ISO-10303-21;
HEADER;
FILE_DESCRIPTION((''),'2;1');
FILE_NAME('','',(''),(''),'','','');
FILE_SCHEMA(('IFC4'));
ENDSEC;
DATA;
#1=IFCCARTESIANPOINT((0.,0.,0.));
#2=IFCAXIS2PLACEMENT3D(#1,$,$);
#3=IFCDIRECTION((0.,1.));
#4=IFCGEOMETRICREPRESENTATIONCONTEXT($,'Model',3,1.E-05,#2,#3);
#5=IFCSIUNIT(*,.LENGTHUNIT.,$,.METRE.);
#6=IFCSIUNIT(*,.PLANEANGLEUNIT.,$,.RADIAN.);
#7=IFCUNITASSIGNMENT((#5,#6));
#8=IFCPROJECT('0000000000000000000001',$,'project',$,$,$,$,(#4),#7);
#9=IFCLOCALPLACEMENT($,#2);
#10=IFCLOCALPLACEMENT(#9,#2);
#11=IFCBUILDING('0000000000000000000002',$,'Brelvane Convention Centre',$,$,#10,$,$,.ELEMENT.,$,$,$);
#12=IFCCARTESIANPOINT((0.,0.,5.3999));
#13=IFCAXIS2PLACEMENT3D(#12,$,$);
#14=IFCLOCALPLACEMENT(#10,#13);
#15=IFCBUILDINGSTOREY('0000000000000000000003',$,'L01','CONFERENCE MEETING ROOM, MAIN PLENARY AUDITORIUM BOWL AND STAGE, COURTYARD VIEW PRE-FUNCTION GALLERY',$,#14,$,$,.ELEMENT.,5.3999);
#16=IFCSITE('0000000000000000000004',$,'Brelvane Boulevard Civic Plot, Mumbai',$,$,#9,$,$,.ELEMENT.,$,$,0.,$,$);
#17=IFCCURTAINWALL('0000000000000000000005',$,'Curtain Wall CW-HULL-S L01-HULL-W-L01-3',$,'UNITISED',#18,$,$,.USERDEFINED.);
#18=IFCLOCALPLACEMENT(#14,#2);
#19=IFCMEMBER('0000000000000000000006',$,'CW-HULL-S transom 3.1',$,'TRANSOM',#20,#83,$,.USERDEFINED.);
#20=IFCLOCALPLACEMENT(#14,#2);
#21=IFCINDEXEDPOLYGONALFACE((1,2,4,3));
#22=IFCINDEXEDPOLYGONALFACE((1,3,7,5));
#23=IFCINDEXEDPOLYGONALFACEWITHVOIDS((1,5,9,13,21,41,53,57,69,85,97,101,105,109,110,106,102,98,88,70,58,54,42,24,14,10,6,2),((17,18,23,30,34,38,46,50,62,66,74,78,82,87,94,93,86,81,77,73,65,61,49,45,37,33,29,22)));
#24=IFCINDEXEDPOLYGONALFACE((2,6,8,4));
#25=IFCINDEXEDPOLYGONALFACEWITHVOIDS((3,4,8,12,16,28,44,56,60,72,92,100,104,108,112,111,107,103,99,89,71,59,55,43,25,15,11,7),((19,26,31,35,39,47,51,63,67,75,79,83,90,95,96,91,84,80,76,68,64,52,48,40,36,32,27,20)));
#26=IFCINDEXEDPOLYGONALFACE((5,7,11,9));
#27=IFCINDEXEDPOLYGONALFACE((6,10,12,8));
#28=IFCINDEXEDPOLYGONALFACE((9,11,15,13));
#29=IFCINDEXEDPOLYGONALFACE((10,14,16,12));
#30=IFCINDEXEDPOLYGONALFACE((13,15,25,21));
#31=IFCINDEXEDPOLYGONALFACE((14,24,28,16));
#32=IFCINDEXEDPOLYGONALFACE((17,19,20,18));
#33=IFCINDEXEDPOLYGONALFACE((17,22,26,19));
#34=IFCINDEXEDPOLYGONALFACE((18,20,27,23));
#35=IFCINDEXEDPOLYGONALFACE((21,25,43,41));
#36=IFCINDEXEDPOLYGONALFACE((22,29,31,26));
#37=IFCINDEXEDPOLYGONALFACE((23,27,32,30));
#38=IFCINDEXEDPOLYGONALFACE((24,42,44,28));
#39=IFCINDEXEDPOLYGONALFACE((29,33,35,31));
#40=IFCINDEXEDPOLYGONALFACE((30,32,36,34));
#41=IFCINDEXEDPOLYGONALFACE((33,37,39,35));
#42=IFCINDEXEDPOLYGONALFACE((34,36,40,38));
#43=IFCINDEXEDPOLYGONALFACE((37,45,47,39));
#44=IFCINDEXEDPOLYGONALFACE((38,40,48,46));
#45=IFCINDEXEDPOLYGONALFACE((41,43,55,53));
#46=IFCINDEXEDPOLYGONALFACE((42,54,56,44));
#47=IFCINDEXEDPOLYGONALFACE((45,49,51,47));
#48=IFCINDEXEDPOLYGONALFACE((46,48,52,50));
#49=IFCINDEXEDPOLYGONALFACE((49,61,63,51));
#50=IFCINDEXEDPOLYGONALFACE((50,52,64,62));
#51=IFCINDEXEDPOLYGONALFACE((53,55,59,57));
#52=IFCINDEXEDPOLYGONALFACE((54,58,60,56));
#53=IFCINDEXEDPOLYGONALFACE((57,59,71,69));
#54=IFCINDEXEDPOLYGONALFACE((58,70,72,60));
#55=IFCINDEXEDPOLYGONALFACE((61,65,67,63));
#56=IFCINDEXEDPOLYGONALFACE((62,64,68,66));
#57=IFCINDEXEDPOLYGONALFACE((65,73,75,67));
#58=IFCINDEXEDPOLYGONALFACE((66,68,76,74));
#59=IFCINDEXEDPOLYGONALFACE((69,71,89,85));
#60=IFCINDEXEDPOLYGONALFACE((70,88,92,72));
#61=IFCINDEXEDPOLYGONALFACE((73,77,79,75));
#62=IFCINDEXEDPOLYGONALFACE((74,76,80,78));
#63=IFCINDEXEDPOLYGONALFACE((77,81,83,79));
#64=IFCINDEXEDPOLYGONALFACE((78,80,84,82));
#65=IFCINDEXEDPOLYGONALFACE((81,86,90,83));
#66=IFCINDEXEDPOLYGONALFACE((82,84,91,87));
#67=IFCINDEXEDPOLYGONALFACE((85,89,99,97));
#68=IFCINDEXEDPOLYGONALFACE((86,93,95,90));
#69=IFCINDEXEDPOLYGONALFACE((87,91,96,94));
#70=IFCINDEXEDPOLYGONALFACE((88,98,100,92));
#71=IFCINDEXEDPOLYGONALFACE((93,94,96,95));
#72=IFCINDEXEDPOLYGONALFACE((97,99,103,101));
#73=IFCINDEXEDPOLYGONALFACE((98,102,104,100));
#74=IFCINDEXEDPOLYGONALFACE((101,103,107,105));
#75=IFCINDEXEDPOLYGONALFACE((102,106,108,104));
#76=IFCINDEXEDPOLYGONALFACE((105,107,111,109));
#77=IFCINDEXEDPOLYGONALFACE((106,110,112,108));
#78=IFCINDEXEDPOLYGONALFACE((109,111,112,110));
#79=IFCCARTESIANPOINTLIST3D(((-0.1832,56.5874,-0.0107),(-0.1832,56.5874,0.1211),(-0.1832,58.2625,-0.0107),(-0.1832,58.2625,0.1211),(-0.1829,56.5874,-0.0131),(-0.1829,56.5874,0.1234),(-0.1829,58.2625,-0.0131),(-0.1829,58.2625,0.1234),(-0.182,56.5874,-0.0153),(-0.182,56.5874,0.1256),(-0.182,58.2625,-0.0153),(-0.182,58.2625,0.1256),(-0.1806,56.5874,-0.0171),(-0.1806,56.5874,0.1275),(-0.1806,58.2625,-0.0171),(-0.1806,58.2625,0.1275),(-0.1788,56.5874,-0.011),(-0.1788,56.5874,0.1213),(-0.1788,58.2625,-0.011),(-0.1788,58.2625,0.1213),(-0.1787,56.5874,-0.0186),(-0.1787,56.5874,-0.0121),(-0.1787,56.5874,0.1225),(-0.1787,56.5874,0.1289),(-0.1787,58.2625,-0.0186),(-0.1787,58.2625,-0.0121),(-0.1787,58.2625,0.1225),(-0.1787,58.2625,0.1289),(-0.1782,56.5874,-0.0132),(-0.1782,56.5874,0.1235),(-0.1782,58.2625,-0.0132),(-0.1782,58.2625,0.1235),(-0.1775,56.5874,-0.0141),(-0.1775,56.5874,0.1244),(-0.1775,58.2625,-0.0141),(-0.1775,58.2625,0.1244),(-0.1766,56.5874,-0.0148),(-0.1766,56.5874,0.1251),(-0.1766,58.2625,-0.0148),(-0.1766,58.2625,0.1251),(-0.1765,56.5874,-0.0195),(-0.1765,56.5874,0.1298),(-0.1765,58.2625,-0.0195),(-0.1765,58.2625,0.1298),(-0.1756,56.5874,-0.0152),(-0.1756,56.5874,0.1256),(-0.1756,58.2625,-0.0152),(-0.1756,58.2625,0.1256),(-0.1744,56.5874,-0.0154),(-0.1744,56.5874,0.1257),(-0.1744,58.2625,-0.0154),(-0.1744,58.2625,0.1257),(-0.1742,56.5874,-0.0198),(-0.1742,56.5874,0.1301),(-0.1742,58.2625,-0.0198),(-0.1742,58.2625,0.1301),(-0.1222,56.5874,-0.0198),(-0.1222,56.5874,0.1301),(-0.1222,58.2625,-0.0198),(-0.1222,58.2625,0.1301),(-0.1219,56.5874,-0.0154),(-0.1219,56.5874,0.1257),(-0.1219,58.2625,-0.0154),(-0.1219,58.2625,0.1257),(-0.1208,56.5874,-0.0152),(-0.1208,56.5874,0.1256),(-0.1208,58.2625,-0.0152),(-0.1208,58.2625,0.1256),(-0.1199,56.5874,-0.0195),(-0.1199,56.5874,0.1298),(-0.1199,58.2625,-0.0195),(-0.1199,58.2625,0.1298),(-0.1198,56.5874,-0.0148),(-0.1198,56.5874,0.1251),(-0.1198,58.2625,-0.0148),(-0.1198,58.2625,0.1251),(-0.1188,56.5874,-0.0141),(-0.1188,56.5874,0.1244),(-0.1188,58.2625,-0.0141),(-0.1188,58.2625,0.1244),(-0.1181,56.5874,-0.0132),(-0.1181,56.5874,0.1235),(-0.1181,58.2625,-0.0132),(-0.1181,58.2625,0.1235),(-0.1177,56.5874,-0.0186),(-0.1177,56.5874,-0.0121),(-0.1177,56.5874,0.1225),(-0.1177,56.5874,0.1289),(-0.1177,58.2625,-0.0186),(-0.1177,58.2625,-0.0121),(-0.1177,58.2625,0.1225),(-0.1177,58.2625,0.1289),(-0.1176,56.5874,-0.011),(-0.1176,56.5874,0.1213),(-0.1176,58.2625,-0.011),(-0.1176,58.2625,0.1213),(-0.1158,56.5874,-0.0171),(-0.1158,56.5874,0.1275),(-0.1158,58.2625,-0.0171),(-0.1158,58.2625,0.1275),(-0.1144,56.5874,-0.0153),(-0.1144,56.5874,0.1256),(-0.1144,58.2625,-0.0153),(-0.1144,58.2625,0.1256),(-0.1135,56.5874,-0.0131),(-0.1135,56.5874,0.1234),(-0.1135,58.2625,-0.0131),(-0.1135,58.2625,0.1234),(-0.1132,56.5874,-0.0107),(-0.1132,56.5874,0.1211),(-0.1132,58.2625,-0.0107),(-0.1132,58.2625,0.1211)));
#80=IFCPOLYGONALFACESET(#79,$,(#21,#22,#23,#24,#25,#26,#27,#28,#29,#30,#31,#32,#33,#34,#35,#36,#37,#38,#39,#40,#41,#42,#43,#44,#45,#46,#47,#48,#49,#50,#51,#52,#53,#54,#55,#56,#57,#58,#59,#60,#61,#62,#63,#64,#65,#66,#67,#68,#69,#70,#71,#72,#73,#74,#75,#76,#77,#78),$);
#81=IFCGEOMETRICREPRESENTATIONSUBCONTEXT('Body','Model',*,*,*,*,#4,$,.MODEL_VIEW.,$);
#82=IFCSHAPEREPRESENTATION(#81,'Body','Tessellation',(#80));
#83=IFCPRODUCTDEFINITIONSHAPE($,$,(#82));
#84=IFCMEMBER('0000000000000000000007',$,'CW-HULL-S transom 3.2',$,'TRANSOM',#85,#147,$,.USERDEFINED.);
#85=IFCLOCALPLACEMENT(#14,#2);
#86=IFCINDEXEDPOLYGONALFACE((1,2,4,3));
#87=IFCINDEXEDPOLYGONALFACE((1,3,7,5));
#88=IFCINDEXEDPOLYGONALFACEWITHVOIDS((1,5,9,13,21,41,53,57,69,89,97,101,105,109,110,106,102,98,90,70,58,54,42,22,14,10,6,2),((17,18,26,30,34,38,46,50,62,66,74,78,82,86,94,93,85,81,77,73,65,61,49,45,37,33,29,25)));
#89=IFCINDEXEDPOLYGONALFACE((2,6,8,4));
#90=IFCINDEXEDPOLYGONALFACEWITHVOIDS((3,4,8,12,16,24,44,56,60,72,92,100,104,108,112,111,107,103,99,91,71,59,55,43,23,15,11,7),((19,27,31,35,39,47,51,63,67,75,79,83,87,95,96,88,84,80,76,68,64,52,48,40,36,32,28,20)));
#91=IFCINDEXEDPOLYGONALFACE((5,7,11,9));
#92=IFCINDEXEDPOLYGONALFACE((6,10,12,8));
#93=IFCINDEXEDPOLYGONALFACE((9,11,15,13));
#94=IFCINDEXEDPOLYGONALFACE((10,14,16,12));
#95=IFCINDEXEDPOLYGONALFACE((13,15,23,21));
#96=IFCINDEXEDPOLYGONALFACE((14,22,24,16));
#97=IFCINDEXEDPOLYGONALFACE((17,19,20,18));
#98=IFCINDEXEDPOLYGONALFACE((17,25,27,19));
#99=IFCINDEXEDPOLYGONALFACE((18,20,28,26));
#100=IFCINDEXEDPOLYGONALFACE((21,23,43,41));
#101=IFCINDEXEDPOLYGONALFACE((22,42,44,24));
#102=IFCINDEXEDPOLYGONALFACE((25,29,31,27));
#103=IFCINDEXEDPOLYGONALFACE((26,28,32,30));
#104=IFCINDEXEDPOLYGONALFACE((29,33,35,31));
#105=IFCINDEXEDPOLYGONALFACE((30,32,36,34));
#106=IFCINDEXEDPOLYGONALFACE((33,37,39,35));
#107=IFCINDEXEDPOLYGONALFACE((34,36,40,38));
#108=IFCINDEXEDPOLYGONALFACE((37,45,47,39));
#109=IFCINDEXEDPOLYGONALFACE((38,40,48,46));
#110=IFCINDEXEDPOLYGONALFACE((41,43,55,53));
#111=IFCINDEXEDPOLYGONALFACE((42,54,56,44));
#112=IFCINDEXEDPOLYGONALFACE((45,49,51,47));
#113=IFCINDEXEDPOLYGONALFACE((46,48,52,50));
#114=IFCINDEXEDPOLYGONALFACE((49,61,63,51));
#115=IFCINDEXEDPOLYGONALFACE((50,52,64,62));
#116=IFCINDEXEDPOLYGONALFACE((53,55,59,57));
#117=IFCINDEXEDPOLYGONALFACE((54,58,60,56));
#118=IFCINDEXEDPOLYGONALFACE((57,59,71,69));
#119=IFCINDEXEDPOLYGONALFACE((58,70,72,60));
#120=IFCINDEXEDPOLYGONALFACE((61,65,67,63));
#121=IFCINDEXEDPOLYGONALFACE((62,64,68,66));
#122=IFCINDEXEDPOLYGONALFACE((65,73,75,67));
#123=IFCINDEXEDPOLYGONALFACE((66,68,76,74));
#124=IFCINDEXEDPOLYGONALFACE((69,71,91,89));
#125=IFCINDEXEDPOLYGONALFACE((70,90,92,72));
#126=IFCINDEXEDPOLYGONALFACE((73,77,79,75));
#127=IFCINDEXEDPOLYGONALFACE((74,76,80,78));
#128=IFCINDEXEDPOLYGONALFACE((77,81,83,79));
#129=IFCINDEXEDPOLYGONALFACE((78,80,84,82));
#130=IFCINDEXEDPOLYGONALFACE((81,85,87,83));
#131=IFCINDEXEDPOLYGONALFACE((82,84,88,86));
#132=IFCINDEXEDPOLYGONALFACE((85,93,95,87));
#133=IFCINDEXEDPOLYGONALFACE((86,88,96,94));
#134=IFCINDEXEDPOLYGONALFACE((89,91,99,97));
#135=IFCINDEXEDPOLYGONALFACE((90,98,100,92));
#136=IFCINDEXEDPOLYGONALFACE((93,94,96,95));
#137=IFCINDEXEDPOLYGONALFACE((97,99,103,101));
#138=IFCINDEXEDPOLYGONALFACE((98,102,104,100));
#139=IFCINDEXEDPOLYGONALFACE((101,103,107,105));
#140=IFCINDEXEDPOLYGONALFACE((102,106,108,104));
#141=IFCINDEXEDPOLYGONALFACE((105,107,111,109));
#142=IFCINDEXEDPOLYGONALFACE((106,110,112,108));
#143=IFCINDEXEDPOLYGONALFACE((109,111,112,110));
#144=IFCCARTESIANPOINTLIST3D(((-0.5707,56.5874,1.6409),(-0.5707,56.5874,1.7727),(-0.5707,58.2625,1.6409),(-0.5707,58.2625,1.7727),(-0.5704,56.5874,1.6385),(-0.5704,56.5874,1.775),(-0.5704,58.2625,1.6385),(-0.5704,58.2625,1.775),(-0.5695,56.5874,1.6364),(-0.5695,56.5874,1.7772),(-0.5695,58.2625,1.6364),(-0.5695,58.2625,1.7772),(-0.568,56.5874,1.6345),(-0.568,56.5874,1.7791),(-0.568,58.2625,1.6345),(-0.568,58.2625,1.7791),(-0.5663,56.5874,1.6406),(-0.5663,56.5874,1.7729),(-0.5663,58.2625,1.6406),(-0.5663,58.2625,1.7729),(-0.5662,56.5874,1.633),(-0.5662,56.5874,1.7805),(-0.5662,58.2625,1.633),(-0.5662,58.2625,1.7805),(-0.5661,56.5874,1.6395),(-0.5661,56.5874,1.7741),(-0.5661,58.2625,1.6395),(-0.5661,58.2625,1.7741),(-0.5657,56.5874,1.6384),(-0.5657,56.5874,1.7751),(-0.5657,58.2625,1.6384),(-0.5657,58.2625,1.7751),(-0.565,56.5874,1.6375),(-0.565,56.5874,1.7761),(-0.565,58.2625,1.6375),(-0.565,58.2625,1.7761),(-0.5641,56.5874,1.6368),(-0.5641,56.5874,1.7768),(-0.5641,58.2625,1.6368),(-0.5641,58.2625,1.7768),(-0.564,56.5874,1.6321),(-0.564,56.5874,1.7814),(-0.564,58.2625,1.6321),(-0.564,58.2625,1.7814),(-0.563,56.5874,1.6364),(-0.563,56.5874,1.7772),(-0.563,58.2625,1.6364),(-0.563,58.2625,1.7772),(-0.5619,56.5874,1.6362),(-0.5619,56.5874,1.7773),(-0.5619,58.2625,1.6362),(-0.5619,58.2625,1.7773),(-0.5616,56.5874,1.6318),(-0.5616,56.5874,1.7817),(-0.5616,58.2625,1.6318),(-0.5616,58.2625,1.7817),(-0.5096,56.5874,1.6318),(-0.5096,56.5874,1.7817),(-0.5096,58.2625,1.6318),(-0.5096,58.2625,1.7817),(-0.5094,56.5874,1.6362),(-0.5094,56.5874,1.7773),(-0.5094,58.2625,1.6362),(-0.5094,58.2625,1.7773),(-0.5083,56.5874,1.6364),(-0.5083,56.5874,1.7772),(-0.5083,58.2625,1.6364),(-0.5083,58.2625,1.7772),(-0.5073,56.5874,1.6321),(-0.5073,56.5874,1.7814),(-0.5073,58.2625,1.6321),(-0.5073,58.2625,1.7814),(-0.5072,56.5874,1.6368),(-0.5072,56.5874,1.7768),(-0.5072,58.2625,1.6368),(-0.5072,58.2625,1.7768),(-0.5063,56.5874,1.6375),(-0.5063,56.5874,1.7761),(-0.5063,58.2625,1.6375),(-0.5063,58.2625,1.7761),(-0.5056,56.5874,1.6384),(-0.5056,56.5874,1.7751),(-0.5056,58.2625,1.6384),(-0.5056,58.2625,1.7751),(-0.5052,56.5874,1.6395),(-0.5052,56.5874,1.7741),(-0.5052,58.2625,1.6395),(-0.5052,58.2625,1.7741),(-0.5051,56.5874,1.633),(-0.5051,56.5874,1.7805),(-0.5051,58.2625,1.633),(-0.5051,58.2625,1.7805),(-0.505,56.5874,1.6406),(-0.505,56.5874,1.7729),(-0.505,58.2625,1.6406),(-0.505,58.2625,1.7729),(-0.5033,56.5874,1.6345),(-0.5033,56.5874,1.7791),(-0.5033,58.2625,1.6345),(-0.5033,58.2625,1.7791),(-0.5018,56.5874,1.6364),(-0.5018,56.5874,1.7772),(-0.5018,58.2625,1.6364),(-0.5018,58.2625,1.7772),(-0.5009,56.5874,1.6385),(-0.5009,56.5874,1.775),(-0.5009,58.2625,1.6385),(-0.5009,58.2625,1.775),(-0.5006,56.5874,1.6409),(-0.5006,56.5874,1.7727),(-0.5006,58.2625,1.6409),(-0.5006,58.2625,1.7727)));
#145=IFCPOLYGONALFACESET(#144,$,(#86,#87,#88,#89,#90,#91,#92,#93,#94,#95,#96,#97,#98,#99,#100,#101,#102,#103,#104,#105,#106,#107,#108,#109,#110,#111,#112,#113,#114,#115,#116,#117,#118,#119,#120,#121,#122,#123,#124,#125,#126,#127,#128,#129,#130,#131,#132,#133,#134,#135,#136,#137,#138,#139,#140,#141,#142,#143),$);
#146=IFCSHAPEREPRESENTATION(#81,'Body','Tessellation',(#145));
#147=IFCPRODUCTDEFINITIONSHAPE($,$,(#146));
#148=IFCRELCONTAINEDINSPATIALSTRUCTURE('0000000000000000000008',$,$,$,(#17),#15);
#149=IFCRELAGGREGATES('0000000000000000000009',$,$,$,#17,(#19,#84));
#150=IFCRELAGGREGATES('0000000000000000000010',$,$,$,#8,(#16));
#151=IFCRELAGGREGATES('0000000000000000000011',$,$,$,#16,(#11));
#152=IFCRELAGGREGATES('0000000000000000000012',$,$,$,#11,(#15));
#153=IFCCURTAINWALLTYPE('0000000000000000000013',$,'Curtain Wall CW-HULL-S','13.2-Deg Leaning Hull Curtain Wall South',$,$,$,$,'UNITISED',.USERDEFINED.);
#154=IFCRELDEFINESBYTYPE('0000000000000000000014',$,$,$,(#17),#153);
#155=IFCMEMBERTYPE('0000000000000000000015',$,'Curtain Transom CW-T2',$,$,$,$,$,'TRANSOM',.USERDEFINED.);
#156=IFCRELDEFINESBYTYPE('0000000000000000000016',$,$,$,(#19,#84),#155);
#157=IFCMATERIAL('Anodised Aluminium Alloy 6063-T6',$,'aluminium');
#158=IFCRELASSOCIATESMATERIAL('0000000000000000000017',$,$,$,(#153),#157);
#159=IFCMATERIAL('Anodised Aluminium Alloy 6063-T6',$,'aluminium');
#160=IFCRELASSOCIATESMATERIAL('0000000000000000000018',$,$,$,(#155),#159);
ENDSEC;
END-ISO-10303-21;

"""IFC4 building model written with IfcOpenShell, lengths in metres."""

from ifc_helpers import new_model, si_unit, direction, frame, origin, origin_2d, place, context, subcontext, project, spatial, hollow_rectangle, extrude, material, material_profile, profile_set, type_object, element, aggregate, save


model = new_model("IFC4")

# Units and contexts
model_context = context("Model", 3, precision=1e-05, world=origin(), true_north=direction((0.0, 1.0)))
body_context = subcontext(model_context, "Body", "Model", "MODEL_VIEW")
ifc_project = project(units=[si_unit("LENGTHUNIT", "METRE"), si_unit("PLANEANGLEUNIT", "RADIAN")], contexts=[model_context])

# Site, building, storey
site_placement = place(None, origin())
site = spatial("IfcSite", under=ifc_project, at=site_placement, Name="Brelvane Boulevard Civic Plot, Mumbai", CompositionType="ELEMENT", RefElevation=0.0)
building_placement = place(site_placement, origin())
building = spatial("IfcBuilding", under=site, at=building_placement, Name="Brelvane Convention Centre", CompositionType="ELEMENT")
storey_placement = place(building_placement, frame((0.0, 0.0, 5.3999)))
storey = spatial("IfcBuildingStorey", under=building, at=storey_placement, Name="L01", Description="CONFERENCE MEETING ROOM, MAIN PLENARY AUDITORIUM BOWL AND STAGE, COURTYARD VIEW PRE-FUNCTION GALLERY", CompositionType="ELEMENT", Elevation=5.3999)

# Shared definitions
ifc_material_1 = material(Name="Anodised Aluminium Alloy 6063-T6", Category="aluminium")
curtain_wall_type = type_object("IfcCurtainWallType", Name="Curtain Wall CW-HULL-S", Description="13.2-Deg Leaning Hull Curtain Wall South", ElementType="UNITISED", PredefinedType="USERDEFINED", material=ifc_material_1)

# Curtain wall, members
curtain_wall_1_placement = place(storey_placement, origin())
curtain_wall_1 = element("IfcCurtainWall", 1, at=curtain_wall_1_placement, inside=storey, type_object=curtain_wall_type, Name="Curtain Wall CW-HULL-S L01-HULL-W-L01-3", ObjectType="UNITISED", PredefinedType="USERDEFINED")
ifc_material_2 = material(Name="Anodised Aluminium Alloy 6063-T6", Category="aluminium")
ifc_material_profile_1 = material_profile(ifc_material_2, hollow_rectangle(XDim=0.0701, YDim=0.1499, WallThickness=0.0044, InnerFilletRadius=0.0044, OuterFilletRadius=0.009, at=origin_2d()), Name="ALU-T 150x70x4.5")
ifc_profile_set_1 = profile_set([ifc_material_profile_1], Name="Anodised Aluminium Alloy 6063-T6")
member_type_1 = type_object("IfcMemberType", Name="Curtain Transom CW-T2", ElementType="TRANSOM", PredefinedType="USERDEFINED", material=ifc_profile_set_1)
member_1_placement = place(storey_placement, frame((-0.1482, 56.5874, 0.0552), z_axis=(0.0, 1.0, 0.0), x_axis=(-1.0, 0.0, 0.0)))
member_1 = element("IfcMember", 2, at=member_1_placement, type_object=member_type_1, Name="CW-HULL-S transom 3.1", ObjectType="TRANSOM", PredefinedType="USERDEFINED", context=body_context, shape_type="SweptSolid", body=[
    extrude(hollow_rectangle(XDim=0.0701, YDim=0.1499, WallThickness=0.0044, InnerFilletRadius=0.0044, OuterFilletRadius=0.009, at=origin_2d()), origin(), (0.0, 0.0, 1.0), 1.675),
])
member_2_placement = place(storey_placement, frame((-0.5356, 56.5874, 1.7068), z_axis=(0.0, 1.0, 0.0), x_axis=(-1.0, 0.0, 0.0)))
member_2 = element("IfcMember", 3, at=member_2_placement, type_object=member_type_1, Name="CW-HULL-S transom 3.2", ObjectType="TRANSOM", PredefinedType="USERDEFINED", context=body_context, shape_type="SweptSolid", body=[
    extrude(hollow_rectangle(XDim=0.0701, YDim=0.1499, WallThickness=0.0044, InnerFilletRadius=0.0044, OuterFilletRadius=0.009, at=origin_2d()), origin(), (0.0, 0.0, 1.0), 1.675),
])

aggregate(curtain_wall_1, [member_1, member_2])

save(model, "model.ifc")
